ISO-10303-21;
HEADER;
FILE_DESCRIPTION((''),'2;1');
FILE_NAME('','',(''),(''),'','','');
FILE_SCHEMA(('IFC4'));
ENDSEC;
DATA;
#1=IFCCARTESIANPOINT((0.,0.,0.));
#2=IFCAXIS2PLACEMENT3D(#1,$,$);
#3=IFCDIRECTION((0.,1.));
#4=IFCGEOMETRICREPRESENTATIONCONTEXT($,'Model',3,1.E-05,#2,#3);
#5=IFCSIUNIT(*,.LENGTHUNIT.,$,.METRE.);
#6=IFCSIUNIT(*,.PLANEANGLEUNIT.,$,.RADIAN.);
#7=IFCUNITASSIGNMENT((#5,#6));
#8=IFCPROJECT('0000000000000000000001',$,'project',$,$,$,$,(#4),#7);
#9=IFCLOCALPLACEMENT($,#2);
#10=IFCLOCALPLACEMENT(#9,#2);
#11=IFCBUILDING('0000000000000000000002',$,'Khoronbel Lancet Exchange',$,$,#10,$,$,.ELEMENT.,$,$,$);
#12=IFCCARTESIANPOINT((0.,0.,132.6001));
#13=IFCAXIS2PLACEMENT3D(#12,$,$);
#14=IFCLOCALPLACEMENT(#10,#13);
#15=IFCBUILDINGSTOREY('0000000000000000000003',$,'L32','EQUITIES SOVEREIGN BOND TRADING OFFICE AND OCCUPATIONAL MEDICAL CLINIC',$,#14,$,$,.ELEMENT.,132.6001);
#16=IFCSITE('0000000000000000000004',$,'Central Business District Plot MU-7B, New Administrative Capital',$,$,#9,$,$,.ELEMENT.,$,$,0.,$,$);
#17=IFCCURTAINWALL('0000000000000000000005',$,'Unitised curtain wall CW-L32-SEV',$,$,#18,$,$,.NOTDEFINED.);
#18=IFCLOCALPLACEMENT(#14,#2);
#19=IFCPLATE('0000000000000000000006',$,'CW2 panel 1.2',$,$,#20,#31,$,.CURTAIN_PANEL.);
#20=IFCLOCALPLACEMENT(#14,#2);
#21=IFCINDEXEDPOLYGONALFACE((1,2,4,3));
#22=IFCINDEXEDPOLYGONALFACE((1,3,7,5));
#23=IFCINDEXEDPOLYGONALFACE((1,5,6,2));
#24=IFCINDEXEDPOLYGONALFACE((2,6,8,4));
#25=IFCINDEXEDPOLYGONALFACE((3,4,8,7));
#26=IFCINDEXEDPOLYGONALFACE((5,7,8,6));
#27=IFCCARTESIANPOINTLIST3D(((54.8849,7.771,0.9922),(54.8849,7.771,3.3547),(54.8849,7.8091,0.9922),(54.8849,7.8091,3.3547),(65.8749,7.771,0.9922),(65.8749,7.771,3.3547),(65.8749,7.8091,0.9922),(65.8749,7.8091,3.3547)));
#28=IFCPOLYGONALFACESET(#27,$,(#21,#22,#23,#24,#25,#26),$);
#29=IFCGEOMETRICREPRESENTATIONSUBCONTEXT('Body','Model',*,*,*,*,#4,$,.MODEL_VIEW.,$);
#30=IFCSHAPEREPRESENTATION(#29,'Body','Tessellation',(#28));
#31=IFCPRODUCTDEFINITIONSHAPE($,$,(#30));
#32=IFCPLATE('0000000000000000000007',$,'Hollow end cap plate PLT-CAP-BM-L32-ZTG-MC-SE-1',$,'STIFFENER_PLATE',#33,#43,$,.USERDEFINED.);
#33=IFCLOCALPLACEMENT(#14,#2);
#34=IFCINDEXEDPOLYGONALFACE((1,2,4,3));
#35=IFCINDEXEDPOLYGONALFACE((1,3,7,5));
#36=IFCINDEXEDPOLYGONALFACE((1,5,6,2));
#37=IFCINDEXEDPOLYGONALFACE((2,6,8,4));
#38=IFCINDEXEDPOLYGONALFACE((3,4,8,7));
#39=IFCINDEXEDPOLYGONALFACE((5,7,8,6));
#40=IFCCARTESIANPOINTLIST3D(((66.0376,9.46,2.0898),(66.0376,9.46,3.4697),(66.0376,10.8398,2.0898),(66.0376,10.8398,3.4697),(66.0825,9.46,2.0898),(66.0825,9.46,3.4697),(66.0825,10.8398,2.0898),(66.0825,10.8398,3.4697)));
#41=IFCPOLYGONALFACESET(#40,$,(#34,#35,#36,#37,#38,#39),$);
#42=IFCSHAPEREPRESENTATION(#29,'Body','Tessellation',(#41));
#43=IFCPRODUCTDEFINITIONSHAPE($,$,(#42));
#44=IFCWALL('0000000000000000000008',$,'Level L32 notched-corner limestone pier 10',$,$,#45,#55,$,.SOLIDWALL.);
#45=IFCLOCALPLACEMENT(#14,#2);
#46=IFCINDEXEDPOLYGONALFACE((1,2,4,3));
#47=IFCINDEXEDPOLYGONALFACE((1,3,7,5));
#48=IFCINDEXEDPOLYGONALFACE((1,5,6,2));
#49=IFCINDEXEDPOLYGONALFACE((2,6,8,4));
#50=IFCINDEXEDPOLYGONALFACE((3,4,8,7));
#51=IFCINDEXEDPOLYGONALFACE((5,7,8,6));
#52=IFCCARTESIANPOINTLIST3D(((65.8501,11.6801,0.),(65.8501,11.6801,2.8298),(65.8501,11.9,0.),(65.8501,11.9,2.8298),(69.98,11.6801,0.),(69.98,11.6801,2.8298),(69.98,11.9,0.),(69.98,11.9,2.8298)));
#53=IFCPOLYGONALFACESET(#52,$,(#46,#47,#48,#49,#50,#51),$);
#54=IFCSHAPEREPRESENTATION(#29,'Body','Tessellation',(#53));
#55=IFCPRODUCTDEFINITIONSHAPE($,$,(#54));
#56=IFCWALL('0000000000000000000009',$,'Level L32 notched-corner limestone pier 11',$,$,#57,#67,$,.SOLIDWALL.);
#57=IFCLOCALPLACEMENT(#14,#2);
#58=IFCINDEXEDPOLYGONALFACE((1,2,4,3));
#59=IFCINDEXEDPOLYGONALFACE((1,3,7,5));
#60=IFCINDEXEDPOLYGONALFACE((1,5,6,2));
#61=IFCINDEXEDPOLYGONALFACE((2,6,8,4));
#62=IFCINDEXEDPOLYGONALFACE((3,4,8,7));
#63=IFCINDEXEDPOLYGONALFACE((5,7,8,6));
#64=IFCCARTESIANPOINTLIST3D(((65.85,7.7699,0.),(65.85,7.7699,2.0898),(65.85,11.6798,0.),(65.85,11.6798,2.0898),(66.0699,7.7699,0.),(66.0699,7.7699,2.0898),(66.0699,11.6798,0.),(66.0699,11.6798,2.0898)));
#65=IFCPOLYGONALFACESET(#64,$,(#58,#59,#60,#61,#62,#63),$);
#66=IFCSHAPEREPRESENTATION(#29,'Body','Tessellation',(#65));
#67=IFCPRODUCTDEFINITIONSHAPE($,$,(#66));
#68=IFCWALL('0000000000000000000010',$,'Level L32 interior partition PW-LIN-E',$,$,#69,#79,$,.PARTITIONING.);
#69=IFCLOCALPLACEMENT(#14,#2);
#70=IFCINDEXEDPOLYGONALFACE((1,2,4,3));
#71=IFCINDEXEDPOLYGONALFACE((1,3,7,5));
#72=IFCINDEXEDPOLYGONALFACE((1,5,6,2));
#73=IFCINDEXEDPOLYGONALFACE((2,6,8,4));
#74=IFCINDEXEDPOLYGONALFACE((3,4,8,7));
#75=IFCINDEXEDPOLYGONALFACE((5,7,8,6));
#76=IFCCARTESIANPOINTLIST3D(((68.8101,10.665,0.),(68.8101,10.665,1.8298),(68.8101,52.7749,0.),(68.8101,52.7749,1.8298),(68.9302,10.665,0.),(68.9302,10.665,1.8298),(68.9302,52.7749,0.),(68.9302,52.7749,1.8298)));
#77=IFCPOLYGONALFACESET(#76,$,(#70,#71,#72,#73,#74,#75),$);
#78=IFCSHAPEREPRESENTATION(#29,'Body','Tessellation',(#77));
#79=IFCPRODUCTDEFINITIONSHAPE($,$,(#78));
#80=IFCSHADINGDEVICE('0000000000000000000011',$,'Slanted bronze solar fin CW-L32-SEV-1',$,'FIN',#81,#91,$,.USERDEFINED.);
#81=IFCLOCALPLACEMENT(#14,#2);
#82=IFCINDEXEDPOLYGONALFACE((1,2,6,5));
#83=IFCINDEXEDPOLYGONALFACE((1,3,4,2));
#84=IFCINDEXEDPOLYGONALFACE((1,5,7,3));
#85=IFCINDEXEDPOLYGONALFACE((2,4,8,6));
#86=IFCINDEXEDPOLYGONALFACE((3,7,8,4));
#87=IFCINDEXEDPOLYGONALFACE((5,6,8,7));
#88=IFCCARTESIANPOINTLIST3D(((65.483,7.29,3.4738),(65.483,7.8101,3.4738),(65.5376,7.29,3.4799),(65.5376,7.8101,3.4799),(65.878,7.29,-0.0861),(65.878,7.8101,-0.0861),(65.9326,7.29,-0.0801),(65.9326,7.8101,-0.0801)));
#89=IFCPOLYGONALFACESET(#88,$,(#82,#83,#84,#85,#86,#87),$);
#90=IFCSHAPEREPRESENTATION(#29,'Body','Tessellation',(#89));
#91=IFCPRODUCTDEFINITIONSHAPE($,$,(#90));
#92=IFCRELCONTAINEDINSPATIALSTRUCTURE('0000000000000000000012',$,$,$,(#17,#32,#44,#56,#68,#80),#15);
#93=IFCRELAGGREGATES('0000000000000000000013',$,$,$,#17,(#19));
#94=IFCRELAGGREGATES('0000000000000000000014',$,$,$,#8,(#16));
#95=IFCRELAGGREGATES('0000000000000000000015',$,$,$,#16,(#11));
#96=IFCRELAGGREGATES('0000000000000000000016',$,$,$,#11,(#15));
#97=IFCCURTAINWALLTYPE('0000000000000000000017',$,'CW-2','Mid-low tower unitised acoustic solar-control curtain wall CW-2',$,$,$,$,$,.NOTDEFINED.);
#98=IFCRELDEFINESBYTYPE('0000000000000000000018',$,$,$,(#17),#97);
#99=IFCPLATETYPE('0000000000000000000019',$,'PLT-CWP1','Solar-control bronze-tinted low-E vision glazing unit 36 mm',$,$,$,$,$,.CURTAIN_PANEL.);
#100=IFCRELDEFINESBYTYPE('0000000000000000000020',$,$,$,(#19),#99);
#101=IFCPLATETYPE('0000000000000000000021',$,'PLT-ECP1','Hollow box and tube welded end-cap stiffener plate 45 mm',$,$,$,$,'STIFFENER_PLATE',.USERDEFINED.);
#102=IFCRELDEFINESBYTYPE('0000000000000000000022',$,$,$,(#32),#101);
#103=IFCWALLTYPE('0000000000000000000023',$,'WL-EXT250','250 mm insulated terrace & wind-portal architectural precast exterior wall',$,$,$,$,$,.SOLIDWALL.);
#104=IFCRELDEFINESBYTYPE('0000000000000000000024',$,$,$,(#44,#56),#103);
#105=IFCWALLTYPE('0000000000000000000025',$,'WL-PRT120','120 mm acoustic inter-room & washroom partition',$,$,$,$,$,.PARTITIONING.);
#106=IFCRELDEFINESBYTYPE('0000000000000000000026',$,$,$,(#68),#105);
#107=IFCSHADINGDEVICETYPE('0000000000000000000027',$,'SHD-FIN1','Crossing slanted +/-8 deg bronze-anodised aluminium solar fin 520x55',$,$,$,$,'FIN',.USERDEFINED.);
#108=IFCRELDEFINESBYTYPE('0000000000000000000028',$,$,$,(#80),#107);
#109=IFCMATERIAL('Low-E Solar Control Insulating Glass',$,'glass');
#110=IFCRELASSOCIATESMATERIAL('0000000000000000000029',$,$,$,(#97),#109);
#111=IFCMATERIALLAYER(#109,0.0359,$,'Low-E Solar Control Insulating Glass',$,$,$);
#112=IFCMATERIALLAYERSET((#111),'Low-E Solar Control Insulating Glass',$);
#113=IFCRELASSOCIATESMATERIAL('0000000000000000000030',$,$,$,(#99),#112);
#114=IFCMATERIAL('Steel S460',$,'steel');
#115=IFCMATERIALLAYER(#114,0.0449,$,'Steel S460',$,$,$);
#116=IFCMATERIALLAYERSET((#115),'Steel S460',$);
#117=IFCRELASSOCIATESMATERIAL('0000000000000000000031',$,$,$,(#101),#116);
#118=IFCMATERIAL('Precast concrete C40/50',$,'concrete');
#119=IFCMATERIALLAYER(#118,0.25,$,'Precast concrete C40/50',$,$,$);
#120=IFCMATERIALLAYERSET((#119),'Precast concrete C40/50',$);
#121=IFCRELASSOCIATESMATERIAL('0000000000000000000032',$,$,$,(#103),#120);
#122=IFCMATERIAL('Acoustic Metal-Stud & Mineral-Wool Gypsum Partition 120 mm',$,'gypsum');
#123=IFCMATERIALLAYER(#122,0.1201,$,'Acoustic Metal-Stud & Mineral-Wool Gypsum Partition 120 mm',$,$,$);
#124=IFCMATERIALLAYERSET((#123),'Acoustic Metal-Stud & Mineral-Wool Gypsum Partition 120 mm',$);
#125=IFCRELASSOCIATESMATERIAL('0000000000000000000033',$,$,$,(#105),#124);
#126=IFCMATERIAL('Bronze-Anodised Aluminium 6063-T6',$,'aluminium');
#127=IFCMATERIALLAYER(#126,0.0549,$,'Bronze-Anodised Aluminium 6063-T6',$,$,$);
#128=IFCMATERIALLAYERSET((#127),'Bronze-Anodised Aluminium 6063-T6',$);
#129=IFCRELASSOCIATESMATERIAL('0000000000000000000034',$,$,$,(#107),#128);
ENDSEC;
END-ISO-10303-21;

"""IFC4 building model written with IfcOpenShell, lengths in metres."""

from ifc_helpers import new_model, si_unit, direction, frame, frame_2d, origin, origin_2d, place, context, subcontext, project, spatial, polyline, rectangle, outline, extrude, material, layer, layer_set, type_object, element, aggregate, save


model = new_model("IFC4")

# Units and contexts
model_context = context("Model", 3, precision=1e-05, world=origin(), true_north=direction((0.0, 1.0)))
body_context = subcontext(model_context, "Body", "Model", "MODEL_VIEW")
ifc_project = project(units=[si_unit("LENGTHUNIT", "METRE"), si_unit("PLANEANGLEUNIT", "RADIAN")], contexts=[model_context])

# Site, building, storey
site_placement = place(None, origin())
site = spatial("IfcSite", under=ifc_project, at=site_placement, Name="Central Business District Plot MU-7B, New Administrative Capital", CompositionType="ELEMENT", RefElevation=0.0)
building_placement = place(site_placement, origin())
building = spatial("IfcBuilding", under=site, at=building_placement, Name="Khoronbel Lancet Exchange", CompositionType="ELEMENT")
storey_placement = place(building_placement, frame((0.0, 0.0, 132.6001)))
storey = spatial("IfcBuildingStorey", under=building, at=storey_placement, Name="L32", Description="EQUITIES SOVEREIGN BOND TRADING OFFICE AND OCCUPATIONAL MEDICAL CLINIC", CompositionType="ELEMENT", Elevation=132.6001)

# Shared definitions
ifc_material_1 = material(Name="Steel S460", Category="steel")

# Shared definitions
ifc_material_2 = material(Name="Low-E Solar Control Insulating Glass", Category="glass")
curtain_wall_type_1 = type_object("IfcCurtainWallType", Name="CW-2", Description="Mid-low tower unitised acoustic solar-control curtain wall CW-2", PredefinedType="NOTDEFINED", material=ifc_material_2)
ifc_material_3 = material(Name="Bronze-Anodised Aluminium 6063-T6", Category="aluminium")

# Curtain wall
curtain_wall_1_placement = place(storey_placement, origin())
curtain_wall_1 = element("IfcCurtainWall", 1, at=curtain_wall_1_placement, inside=storey, type_object=curtain_wall_type_1, Name="Unitised curtain wall CW-L32-SEV", PredefinedType="NOTDEFINED")

# Plates
ifc_layer_1 = layer(ifc_material_2, 0.0359, Name="Low-E Solar Control Insulating Glass")
ifc_layer_set_1 = layer_set([ifc_layer_1], Name="Low-E Solar Control Insulating Glass")
plate_type_1 = type_object("IfcPlateType", Name="PLT-CWP1", Description="Solar-control bronze-tinted low-E vision glazing unit 36 mm", PredefinedType="CURTAIN_PANEL", material=ifc_layer_set_1)
plate_1_placement = place(storey_placement, frame((60.3799, 7.79, 0.9922), z_axis=(0.0, 0.0, 1.0), x_axis=(1.0, 0.0, 0.0)))
plate_1 = element("IfcPlate", 2, at=plate_1_placement, type_object=plate_type_1, Name="CW2 panel 1.2", PredefinedType="CURTAIN_PANEL", context=body_context, shape_type="SweptSolid", body=[
    extrude(rectangle(XDim=10.99, YDim=0.0381, at=origin_2d()), origin(), (0.0, 0.0, 1.0), 2.3625),
])
aggregate(curtain_wall_1, [plate_1])
ifc_layer_2 = layer(ifc_material_1, 0.0449, Name="Steel S460")
ifc_layer_set_2 = layer_set([ifc_layer_2], Name="Steel S460")
plate_type_2 = type_object("IfcPlateType", Name="PLT-ECP1", Description="Hollow box and tube welded end-cap stiffener plate 45 mm", ElementType="STIFFENER_PLATE", PredefinedType="USERDEFINED", material=ifc_layer_set_2)
plate_2_placement = place(storey_placement, frame((66.0601, 10.1499, 2.0898), z_axis=(0.0, 0.0, 1.0), x_axis=(1.0, 0.0, 0.0)))
element("IfcPlate", 3, at=plate_2_placement, inside=storey, type_object=plate_type_2, Name="Hollow end cap plate PLT-CAP-BM-L32-ZTG-MC-SE-1", ObjectType="STIFFENER_PLATE", PredefinedType="USERDEFINED", context=body_context, shape_type="SweptSolid", body=[
    extrude(rectangle(XDim=0.0449, YDim=1.3799, at=origin_2d()), origin(), (0.0, 0.0, 1.0), 1.3799),
])

# Walls
ifc_material_4 = material(Name="Precast concrete C40/50", Category="concrete")
ifc_layer_3 = layer(ifc_material_4, 0.25, Name="Precast concrete C40/50")
ifc_layer_set_3 = layer_set([ifc_layer_3], Name="Precast concrete C40/50")
wall_type_1 = type_object("IfcWallType", Name="WL-EXT250", Description="250 mm insulated terrace & wind-portal architectural precast exterior wall", PredefinedType="SOLIDWALL", material=ifc_layer_set_3)
wall_1_placement = place(storey_placement, frame((69.98, 11.79, 0.0), z_axis=(0.0, 0.0, 1.0), x_axis=(-1.0, 0.0, 0.0)))
element("IfcWall", 4, at=wall_1_placement, inside=storey, type_object=wall_type_1, Name="Level L32 notched-corner limestone pier 10", PredefinedType="SOLIDWALL", context=body_context, shape_type="SweptSolid", body=[
    extrude(rectangle(XDim=4.1299, YDim=0.22, at=frame_2d((2.0649, 0.0))), origin(), (0.0, 0.0, 1.0), 2.8298),
])
wall_2_placement = place(storey_placement, frame((65.96, 11.6799, 0.0), z_axis=(0.0, 0.0, 1.0), x_axis=(0.0, -1.0, 0.0)))
element("IfcWall", 5, at=wall_2_placement, inside=storey, type_object=wall_type_1, Name="Level L32 notched-corner limestone pier 11", PredefinedType="SOLIDWALL", context=body_context, shape_type="SweptSolid", body=[
    extrude(rectangle(XDim=3.9099, YDim=0.22, at=frame_2d((1.9551, 0.0))), origin(), (0.0, 0.0, 1.0), 2.0898),
])
ifc_material_5 = material(Name="Acoustic Metal-Stud & Mineral-Wool Gypsum Partition 120 mm", Category="gypsum")
ifc_layer_4 = layer(ifc_material_5, 0.1201, Name="Acoustic Metal-Stud & Mineral-Wool Gypsum Partition 120 mm")
ifc_layer_set_4 = layer_set([ifc_layer_4], Name="Acoustic Metal-Stud & Mineral-Wool Gypsum Partition 120 mm")
wall_type_2 = type_object("IfcWallType", Name="WL-PRT120", Description="120 mm acoustic inter-room & washroom partition", PredefinedType="PARTITIONING", material=ifc_layer_set_4)
wall_3_placement = place(storey_placement, frame((68.8701, 10.665, 0.0), z_axis=(0.0, 0.0, 1.0), x_axis=(0.0, 1.0, 0.0)))
element("IfcWall", 6, at=wall_3_placement, inside=storey, type_object=wall_type_2, Name="Level L32 interior partition PW-LIN-E", PredefinedType="PARTITIONING", context=body_context, shape_type="SweptSolid", body=[
    extrude(rectangle(XDim=42.1099, YDim=0.1201, at=frame_2d((21.0549, 0.0))), origin(), (0.0, 0.0, 1.0), 1.8298),
])

# Shading device
ifc_layer_5 = layer(ifc_material_3, 0.0549, Name="Bronze-Anodised Aluminium 6063-T6")
ifc_layer_set_5 = layer_set([ifc_layer_5], Name="Bronze-Anodised Aluminium 6063-T6")
shading_device_type = type_object("IfcShadingDeviceType", Name="SHD-FIN1", Description="Crossing slanted +/-8 deg bronze-anodised aluminium solar fin 520x55", ElementType="FIN", PredefinedType="USERDEFINED", material=ifc_layer_set_5)
shading_device_placement = place(storey_placement, frame((65.9326, 7.8101, -0.0801), z_axis=(0.9939, 0.0, 0.110282), x_axis=(0.0, -1.0, 0.0)))
element("IfcShadingDevice", 7, at=shading_device_placement, inside=storey, type_object=shading_device_type, Name="Slanted bronze solar fin CW-L32-SEV-1", ObjectType="FIN", PredefinedType="USERDEFINED", context=body_context, shape_type="SweptSolid", body=[
    extrude(outline(polyline([(0.0, 0.0), (0.52, 0.0), (0.52, -3.5818), (0.0, -3.5818), (0.0, 0.0)])), origin(), (0.0, 0.0, -1.0), 0.0549),
])

save(model, "model.ifc")
